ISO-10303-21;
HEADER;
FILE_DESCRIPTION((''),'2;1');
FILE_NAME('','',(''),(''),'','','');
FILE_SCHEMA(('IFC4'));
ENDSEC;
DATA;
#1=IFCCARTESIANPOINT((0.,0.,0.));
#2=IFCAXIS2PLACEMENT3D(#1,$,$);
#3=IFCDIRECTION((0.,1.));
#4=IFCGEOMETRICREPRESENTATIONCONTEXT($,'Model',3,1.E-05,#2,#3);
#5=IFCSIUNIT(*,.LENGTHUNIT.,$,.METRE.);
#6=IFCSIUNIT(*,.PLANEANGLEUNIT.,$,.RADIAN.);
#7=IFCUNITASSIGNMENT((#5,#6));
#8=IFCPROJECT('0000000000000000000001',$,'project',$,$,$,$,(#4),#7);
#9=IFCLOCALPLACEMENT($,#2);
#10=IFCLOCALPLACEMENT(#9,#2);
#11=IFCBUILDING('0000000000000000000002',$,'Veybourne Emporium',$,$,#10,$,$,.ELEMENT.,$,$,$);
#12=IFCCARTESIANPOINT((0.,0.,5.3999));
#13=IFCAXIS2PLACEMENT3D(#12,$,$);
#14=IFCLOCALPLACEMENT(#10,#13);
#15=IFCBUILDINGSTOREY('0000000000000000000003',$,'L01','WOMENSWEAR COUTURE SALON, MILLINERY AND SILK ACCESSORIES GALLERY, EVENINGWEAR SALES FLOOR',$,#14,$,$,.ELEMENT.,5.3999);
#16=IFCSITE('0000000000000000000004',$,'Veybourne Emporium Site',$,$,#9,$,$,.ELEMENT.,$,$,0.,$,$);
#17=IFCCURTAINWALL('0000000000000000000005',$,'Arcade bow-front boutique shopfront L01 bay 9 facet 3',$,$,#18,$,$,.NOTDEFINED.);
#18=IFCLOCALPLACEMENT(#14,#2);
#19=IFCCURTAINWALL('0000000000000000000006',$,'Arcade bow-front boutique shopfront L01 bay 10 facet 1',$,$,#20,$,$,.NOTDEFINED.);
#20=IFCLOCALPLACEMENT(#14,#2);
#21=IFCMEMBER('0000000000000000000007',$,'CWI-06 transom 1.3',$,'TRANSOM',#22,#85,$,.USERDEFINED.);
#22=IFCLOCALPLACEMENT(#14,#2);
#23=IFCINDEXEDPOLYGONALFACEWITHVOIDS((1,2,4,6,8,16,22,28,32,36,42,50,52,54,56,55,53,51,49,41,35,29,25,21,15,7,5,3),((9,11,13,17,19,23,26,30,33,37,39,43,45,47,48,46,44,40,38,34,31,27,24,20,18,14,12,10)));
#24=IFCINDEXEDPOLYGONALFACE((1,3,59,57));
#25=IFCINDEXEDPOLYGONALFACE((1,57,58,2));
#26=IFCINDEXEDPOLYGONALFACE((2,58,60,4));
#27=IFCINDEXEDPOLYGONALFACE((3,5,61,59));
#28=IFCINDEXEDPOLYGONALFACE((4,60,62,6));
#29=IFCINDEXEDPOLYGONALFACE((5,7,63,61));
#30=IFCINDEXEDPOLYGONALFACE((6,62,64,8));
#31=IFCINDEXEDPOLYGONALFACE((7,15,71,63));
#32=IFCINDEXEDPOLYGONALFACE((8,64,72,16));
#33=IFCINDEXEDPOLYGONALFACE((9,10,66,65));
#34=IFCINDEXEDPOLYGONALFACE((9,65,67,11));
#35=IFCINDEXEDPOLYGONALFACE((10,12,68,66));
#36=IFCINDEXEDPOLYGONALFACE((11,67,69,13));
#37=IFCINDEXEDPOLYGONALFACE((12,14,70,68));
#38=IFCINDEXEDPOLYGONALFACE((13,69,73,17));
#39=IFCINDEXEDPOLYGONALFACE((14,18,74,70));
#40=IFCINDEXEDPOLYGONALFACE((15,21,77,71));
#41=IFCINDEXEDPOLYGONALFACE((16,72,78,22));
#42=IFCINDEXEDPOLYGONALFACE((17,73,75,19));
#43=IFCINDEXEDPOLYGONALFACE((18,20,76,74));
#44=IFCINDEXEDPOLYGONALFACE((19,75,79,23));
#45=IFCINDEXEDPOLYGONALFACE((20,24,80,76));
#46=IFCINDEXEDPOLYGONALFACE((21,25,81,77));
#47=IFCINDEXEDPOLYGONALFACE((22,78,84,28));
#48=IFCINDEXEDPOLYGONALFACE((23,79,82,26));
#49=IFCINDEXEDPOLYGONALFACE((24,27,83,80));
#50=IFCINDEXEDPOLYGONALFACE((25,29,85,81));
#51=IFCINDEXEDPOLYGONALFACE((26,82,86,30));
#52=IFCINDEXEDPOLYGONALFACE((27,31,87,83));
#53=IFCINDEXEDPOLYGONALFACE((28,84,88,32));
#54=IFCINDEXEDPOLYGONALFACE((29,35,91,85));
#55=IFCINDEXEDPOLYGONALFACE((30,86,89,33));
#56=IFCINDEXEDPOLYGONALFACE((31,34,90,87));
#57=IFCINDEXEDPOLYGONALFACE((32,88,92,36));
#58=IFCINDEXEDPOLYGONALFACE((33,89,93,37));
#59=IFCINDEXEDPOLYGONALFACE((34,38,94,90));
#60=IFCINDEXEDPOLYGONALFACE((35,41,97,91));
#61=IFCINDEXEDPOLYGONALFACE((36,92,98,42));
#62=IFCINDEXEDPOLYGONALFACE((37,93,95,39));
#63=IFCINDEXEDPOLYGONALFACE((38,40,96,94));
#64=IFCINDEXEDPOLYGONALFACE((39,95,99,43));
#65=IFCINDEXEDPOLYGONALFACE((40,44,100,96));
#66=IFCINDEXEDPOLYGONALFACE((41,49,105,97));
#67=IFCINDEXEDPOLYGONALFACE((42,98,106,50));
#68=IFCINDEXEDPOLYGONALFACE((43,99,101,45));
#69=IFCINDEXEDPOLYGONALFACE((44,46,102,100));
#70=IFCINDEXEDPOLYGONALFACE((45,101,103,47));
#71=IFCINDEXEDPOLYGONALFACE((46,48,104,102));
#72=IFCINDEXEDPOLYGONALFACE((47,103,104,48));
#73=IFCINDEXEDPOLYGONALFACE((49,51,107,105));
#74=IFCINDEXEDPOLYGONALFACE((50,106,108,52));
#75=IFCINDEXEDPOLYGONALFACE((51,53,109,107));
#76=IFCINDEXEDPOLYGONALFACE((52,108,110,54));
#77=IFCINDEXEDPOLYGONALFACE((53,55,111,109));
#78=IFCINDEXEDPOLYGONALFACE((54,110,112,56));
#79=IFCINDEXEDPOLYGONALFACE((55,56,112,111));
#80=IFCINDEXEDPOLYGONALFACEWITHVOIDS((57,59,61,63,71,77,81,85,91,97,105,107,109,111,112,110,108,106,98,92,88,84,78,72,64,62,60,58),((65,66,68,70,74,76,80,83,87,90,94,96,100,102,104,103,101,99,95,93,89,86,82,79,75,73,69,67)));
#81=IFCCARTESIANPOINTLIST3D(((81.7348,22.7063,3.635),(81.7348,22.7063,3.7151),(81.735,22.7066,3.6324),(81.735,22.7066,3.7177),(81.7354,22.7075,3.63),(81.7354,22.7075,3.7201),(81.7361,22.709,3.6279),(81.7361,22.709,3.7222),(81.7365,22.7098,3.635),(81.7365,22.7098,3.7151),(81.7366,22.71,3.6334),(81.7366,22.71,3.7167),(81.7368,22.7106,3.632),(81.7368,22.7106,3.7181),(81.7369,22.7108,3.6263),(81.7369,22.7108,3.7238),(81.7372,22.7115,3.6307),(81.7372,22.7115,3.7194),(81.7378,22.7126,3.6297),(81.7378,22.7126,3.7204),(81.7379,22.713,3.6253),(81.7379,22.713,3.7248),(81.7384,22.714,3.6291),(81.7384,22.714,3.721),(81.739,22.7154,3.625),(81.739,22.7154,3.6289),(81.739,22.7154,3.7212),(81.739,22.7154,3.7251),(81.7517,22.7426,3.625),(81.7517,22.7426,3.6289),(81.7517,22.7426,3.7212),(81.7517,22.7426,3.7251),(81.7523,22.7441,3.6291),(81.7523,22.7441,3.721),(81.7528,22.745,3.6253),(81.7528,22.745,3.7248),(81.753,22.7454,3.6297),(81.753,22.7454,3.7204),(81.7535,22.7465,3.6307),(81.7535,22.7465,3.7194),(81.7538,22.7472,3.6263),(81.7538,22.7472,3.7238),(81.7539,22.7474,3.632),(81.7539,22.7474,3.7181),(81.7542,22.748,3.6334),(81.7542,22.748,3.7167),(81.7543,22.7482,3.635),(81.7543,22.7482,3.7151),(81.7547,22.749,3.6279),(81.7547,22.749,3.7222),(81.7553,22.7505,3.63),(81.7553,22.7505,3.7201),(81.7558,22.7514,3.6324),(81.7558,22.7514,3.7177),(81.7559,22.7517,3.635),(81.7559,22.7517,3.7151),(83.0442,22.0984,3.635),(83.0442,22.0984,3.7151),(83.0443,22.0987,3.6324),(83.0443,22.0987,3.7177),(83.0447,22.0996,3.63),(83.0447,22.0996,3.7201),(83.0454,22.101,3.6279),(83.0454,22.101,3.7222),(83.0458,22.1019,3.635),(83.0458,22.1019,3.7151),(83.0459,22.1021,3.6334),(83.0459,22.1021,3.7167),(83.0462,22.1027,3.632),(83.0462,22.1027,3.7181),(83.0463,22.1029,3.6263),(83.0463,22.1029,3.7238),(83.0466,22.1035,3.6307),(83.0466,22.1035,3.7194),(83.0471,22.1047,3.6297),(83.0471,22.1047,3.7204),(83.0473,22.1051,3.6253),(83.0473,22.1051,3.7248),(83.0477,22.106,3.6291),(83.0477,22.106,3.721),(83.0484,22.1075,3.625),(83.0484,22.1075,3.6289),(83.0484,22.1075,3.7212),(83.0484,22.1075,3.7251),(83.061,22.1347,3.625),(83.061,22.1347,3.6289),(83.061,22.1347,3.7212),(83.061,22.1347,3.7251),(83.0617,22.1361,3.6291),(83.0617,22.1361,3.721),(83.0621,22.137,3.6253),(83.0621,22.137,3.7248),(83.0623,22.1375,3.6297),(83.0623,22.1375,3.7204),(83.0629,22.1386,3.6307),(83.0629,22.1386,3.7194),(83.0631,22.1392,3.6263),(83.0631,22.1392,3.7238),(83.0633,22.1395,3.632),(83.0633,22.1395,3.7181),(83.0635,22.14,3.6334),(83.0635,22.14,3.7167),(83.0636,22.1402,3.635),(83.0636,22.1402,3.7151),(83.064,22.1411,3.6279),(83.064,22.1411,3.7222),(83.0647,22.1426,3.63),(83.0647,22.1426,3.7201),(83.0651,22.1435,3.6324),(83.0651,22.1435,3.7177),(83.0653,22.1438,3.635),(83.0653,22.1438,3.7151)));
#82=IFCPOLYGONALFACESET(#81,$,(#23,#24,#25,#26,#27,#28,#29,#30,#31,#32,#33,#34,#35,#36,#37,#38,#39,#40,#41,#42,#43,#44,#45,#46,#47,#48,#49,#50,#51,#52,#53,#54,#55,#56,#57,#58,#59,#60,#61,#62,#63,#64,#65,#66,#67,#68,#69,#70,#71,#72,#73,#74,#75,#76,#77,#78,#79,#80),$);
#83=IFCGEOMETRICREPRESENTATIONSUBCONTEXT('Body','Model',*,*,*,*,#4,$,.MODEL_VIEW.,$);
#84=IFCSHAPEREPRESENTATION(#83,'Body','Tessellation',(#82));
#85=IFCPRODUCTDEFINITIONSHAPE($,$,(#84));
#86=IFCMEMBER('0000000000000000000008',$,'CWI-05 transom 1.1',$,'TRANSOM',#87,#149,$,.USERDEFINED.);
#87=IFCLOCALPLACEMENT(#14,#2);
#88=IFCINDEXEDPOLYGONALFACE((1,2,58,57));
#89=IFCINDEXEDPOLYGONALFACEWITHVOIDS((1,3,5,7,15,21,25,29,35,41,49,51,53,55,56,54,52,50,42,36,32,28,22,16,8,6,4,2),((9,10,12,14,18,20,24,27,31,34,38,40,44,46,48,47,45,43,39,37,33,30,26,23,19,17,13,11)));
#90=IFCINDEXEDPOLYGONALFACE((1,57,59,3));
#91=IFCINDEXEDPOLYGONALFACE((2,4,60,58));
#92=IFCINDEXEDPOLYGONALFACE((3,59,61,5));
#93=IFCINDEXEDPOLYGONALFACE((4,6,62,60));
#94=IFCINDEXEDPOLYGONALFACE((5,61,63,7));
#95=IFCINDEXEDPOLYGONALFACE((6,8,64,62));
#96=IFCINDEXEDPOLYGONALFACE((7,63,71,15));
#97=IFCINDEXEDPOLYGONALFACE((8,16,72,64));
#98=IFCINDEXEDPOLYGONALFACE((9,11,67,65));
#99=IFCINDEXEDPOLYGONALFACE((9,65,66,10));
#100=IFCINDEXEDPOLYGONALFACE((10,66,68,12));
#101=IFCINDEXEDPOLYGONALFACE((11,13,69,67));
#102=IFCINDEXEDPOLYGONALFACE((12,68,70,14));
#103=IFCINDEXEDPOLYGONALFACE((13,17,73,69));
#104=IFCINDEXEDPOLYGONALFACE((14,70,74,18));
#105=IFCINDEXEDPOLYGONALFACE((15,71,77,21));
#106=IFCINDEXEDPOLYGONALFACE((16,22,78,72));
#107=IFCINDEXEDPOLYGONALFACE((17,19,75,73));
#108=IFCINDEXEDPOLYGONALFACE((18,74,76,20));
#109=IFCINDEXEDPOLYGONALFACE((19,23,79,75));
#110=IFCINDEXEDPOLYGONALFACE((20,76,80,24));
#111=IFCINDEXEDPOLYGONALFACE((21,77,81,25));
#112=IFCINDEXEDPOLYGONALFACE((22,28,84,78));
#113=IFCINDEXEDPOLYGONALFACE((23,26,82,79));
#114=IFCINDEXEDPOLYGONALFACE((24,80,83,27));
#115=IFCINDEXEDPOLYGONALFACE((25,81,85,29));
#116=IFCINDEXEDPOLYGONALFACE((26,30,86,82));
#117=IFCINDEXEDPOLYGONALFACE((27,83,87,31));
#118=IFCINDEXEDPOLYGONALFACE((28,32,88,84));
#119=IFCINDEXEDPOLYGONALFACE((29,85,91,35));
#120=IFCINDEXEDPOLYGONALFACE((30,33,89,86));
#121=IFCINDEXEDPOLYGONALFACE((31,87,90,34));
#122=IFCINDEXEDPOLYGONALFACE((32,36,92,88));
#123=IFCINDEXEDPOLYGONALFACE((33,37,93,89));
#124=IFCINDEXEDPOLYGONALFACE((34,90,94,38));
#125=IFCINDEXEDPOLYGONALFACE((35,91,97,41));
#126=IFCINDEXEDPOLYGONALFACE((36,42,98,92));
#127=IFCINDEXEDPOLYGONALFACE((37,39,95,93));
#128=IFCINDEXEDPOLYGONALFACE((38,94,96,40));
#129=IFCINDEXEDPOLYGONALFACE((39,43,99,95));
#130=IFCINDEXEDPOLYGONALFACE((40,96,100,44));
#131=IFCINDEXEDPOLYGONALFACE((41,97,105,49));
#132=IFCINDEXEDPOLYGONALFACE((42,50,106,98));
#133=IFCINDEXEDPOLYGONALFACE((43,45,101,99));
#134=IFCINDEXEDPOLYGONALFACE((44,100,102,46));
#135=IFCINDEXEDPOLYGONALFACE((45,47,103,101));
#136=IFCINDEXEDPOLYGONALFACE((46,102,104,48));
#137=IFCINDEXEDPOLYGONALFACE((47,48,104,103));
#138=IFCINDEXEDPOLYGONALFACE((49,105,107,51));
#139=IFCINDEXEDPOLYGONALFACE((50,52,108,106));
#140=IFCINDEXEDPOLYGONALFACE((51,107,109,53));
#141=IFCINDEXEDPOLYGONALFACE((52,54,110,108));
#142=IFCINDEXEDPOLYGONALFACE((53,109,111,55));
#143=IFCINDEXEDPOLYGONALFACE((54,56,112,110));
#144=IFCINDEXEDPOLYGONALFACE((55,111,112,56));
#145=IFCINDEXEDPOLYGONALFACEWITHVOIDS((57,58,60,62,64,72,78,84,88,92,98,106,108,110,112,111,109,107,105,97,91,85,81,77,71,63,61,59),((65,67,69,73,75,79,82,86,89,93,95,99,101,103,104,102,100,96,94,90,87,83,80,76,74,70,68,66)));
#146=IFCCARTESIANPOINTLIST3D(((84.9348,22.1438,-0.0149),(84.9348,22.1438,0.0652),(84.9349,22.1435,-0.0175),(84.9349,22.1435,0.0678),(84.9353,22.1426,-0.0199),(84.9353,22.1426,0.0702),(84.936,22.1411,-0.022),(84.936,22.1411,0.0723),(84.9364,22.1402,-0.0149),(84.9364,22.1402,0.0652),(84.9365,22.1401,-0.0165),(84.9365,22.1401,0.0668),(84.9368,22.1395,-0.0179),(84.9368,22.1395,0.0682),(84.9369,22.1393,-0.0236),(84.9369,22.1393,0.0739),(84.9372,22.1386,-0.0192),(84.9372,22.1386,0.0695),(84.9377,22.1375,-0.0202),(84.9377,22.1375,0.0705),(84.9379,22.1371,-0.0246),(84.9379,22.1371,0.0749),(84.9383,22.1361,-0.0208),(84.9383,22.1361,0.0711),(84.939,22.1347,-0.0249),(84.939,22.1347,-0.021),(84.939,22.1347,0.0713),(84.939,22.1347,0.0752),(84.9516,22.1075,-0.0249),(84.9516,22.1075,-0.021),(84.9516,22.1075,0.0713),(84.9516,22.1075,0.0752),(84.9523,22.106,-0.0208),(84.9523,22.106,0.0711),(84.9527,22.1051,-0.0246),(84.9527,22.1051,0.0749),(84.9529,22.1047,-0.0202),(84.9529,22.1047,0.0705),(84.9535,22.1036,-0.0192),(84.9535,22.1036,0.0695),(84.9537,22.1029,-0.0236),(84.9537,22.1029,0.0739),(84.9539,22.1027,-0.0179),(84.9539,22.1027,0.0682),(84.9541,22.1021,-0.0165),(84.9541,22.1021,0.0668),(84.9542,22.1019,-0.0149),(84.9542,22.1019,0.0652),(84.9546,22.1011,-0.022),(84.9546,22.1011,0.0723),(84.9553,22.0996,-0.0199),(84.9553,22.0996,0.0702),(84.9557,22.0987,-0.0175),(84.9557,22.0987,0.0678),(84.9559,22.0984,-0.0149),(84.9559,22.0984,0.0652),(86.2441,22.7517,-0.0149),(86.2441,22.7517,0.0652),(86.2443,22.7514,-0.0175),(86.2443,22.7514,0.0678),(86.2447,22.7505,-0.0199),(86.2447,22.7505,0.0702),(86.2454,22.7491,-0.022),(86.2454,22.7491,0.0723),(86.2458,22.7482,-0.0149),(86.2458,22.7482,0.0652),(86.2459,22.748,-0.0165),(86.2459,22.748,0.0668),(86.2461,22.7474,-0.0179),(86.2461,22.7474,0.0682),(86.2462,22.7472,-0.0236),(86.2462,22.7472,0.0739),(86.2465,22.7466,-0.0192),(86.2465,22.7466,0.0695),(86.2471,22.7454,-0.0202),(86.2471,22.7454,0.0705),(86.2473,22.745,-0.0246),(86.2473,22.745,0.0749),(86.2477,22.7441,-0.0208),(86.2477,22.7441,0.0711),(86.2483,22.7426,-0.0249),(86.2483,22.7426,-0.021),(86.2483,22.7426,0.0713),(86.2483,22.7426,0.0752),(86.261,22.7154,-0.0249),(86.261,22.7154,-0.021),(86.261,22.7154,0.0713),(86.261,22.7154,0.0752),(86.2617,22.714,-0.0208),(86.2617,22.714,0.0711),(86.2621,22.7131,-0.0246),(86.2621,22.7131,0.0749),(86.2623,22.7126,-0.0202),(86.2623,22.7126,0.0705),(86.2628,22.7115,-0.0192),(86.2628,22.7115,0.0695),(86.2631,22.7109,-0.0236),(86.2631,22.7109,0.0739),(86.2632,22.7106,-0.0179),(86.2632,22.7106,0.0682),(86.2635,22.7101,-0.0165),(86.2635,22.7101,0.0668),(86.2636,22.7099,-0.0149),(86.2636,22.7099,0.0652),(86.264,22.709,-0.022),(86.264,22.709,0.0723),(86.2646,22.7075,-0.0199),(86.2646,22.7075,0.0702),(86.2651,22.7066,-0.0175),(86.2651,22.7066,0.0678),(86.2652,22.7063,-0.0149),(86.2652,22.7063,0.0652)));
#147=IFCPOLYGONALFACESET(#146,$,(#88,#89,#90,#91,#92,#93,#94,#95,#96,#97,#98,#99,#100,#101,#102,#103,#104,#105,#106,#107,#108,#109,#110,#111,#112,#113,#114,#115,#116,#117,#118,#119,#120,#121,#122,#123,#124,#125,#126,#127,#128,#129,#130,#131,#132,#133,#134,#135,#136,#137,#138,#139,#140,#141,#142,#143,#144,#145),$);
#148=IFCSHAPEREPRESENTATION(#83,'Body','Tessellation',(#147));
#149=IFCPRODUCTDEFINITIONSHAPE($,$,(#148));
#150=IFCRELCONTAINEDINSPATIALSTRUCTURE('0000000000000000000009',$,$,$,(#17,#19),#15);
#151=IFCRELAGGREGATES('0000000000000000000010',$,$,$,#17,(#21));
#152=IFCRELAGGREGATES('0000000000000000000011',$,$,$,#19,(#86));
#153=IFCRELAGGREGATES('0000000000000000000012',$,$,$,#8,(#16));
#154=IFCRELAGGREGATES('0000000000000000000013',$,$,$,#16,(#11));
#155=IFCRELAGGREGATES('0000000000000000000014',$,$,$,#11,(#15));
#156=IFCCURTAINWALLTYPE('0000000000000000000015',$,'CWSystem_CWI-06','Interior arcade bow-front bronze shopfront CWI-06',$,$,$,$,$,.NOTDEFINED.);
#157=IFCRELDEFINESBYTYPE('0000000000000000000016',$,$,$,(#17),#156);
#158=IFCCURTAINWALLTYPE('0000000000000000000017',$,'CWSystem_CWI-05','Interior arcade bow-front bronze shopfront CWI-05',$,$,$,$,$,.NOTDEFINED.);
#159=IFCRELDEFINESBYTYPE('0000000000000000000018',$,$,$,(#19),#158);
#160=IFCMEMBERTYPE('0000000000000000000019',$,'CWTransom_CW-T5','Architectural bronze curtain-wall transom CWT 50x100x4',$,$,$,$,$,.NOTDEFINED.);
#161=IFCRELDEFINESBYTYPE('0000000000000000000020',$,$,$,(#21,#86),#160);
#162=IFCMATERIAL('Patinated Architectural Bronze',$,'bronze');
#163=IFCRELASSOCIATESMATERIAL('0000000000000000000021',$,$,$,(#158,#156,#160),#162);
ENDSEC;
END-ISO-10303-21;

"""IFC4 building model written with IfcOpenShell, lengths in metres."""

from ifc_helpers import new_model, si_unit, direction, frame, origin, origin_2d, place, context, subcontext, project, spatial, hollow_rectangle, extrude, material, material_profile, profile_set, type_object, element, aggregate, save


model = new_model("IFC4")

# Units and contexts
model_context = context("Model", 3, precision=1e-05, world=origin(), true_north=direction((0.0, 1.0)))
body_context = subcontext(model_context, "Body", "Model", "MODEL_VIEW")
ifc_project = project(units=[si_unit("LENGTHUNIT", "METRE"), si_unit("PLANEANGLEUNIT", "RADIAN")], contexts=[model_context])

# Site, building, storey
site_placement = place(None, origin())
site = spatial("IfcSite", under=ifc_project, at=site_placement, Name="Veybourne Emporium Site", CompositionType="ELEMENT", RefElevation=0.0)
building_placement = place(site_placement, origin())
building = spatial("IfcBuilding", under=site, at=building_placement, Name="Veybourne Emporium", CompositionType="ELEMENT")
storey_placement = place(building_placement, frame((0.0, 0.0, 5.3999)))
storey = spatial("IfcBuildingStorey", under=building, at=storey_placement, Name="L01", Description="WOMENSWEAR COUTURE SALON, MILLINERY AND SILK ACCESSORIES GALLERY, EVENINGWEAR SALES FLOOR", CompositionType="ELEMENT", Elevation=5.3999)

# Shared definitions
ifc_material_1 = material(Name="Patinated Architectural Bronze", Category="bronze")
curtain_wall_type_1 = type_object("IfcCurtainWallType", Name="CWSystem_CWI-05", Description="Interior arcade bow-front bronze shopfront CWI-05", PredefinedType="NOTDEFINED", material=ifc_material_1)

# Curtain walls
curtain_wall_type_2 = type_object("IfcCurtainWallType", Name="CWSystem_CWI-06", Description="Interior arcade bow-front bronze shopfront CWI-06", PredefinedType="NOTDEFINED", material=ifc_material_1)
curtain_wall_1_placement = place(storey_placement, origin())
curtain_wall_1 = element("IfcCurtainWall", 1, at=curtain_wall_1_placement, inside=storey, type_object=curtain_wall_type_2, Name="Arcade bow-front boutique shopfront L01 bay 9 facet 3", PredefinedType="NOTDEFINED")
curtain_wall_2_placement = place(storey_placement, origin())
curtain_wall_2 = element("IfcCurtainWall", 2, at=curtain_wall_2_placement, inside=storey, type_object=curtain_wall_type_1, Name="Arcade bow-front boutique shopfront L01 bay 10 facet 1", PredefinedType="NOTDEFINED")

# Members
ifc_material_profile_1 = material_profile(ifc_material_1, hollow_rectangle(XDim=0.05, YDim=0.1001, WallThickness=0.0039, InnerFilletRadius=0.0061, OuterFilletRadius=0.01, at=origin_2d()), Name="CWT 50x100x4")
ifc_profile_set_1 = profile_set([ifc_material_profile_1], Name="Patinated Architectural Bronze")
member_type_1 = type_object("IfcMemberType", Name="CWTransom_CW-T5", Description="Architectural bronze curtain-wall transom CWT 50x100x4", PredefinedType="NOTDEFINED", material=ifc_profile_set_1)
member_1_placement = place(storey_placement, frame((81.7454, 22.729, 3.675), z_axis=(0.907007, -0.421116, 0.0), x_axis=(0.421116, 0.907007, 0.0)))
member_1 = element("IfcMember", 3, at=member_1_placement, type_object=member_type_1, Name="CWI-06 transom 1.3", ObjectType="TRANSOM", PredefinedType="USERDEFINED", context=body_context, shape_type="SweptSolid", body=[
    extrude(hollow_rectangle(XDim=0.05, YDim=0.1001, WallThickness=0.0039, InnerFilletRadius=0.0061, OuterFilletRadius=0.01, at=origin_2d()), origin(), (0.0, 0.0, 1.0), 1.4436),
])
member_2_placement = place(storey_placement, frame((84.9453, 22.1211, 0.0251), z_axis=(0.907007, 0.421116, 0.0), x_axis=(-0.421116, 0.907007, 0.0)))
member_2 = element("IfcMember", 4, at=member_2_placement, type_object=member_type_1, Name="CWI-05 transom 1.1", ObjectType="TRANSOM", PredefinedType="USERDEFINED", context=body_context, shape_type="SweptSolid", body=[
    extrude(hollow_rectangle(XDim=0.05, YDim=0.1001, WallThickness=0.0039, InnerFilletRadius=0.0061, OuterFilletRadius=0.01, at=origin_2d()), origin(), (0.0, 0.0, 1.0), 1.4436),
])

aggregate(curtain_wall_1, [member_1])
aggregate(curtain_wall_2, [member_2])

save(model, "model.ifc")
